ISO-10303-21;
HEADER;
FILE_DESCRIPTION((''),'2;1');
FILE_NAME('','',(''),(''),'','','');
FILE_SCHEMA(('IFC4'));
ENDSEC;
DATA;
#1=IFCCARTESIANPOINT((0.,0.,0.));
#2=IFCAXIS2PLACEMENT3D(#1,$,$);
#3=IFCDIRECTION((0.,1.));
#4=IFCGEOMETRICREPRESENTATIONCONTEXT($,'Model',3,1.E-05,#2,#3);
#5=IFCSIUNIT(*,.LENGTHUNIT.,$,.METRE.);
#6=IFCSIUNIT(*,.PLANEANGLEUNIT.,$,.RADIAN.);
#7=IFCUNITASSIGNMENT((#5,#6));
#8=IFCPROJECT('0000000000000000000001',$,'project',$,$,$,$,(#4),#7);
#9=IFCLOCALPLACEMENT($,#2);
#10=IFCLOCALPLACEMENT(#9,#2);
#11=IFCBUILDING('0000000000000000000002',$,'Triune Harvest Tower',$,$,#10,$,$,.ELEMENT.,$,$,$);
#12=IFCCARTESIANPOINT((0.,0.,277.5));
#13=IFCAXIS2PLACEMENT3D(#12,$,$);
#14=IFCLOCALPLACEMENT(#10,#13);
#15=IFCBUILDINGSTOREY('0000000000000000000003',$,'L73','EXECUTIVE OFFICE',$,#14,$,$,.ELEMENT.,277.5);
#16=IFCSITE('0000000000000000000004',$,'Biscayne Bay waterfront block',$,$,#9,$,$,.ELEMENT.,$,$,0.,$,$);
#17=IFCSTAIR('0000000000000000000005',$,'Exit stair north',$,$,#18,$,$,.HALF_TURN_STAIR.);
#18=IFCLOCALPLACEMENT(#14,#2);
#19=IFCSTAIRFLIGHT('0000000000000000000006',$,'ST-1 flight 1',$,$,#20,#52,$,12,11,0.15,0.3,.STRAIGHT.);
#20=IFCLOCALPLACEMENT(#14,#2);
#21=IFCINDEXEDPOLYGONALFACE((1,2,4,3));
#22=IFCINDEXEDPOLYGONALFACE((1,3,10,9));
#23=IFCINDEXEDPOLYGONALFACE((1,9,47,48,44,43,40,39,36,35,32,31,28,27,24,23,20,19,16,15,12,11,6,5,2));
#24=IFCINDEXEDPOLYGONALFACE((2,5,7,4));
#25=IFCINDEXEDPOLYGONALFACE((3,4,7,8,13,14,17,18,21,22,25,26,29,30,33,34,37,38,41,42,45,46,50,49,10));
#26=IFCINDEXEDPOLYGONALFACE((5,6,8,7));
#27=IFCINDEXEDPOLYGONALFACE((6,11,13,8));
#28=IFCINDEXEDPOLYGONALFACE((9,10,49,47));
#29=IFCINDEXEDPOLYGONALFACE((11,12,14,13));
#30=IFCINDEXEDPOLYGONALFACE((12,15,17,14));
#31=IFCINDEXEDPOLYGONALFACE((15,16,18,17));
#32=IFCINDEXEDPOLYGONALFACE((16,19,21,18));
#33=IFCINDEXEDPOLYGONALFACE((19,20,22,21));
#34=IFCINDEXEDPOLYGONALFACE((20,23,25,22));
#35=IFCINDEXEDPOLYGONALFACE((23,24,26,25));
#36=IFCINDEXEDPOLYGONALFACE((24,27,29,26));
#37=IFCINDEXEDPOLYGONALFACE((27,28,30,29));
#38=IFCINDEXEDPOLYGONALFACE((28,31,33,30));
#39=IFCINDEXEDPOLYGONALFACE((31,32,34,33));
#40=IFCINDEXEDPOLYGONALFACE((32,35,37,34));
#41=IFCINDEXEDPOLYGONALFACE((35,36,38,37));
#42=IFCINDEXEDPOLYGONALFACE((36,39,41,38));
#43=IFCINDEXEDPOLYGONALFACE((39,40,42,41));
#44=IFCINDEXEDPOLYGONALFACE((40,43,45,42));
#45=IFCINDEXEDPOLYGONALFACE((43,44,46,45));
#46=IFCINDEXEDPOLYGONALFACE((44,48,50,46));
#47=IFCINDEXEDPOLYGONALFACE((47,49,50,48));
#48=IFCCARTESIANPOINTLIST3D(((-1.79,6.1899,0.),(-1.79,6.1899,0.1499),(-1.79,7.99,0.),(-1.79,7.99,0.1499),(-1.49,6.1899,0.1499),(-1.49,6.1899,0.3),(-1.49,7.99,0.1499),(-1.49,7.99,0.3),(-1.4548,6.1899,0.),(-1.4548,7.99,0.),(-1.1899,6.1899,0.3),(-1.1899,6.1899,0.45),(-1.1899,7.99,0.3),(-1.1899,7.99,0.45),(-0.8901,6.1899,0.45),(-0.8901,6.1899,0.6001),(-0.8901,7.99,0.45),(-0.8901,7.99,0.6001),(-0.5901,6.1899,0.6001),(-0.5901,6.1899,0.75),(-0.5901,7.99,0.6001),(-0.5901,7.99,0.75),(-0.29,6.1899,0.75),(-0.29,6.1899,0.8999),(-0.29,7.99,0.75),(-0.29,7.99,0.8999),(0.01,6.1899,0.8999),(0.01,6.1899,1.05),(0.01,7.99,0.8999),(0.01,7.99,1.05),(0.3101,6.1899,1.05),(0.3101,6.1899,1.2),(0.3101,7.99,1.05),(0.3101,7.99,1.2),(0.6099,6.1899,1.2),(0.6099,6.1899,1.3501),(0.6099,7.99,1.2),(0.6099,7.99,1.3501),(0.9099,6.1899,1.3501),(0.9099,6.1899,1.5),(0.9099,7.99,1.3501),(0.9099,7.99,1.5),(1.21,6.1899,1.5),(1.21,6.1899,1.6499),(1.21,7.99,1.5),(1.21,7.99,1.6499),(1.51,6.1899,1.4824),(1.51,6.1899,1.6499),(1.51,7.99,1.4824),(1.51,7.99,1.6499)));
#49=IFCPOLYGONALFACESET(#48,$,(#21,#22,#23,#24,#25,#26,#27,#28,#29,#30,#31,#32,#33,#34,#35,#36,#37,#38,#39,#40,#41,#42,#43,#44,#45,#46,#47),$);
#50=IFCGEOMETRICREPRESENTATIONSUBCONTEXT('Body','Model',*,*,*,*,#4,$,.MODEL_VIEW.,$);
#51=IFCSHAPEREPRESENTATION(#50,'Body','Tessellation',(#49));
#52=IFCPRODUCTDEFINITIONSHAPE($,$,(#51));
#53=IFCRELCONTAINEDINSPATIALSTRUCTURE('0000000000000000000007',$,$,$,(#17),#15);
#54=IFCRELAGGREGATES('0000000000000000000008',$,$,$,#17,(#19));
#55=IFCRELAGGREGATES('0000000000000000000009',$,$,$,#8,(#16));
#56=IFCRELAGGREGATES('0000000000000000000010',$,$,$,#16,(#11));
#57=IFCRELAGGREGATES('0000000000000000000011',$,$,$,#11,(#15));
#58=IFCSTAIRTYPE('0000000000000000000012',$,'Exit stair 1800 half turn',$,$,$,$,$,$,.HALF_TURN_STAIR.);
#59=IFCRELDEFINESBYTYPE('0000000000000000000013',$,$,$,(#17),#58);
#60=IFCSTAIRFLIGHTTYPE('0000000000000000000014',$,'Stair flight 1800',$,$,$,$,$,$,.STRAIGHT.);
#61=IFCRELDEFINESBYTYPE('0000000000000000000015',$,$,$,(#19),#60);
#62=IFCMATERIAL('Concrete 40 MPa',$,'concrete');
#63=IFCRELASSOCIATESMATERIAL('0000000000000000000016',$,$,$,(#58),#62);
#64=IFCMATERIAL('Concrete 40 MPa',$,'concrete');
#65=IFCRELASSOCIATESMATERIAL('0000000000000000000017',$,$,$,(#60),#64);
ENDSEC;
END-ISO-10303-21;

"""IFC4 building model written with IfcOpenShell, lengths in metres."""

from ifc_helpers import new_model, si_unit, direction, frame, origin, place, context, subcontext, project, spatial, polyline, outline, extrude, source, transform, mapped, material, type_object, element, aggregate, save


model = new_model("IFC4")

# Units and contexts
model_context = context("Model", 3, precision=1e-05, world=origin(), true_north=direction((0.0, 1.0)))
body_context = subcontext(model_context, "Body", "Model", "MODEL_VIEW")
ifc_project = project(units=[si_unit("LENGTHUNIT", "METRE"), si_unit("PLANEANGLEUNIT", "RADIAN")], contexts=[model_context])

# Site, building, storey
site_placement = place(None, origin())
site = spatial("IfcSite", under=ifc_project, at=site_placement, Name="Biscayne Bay waterfront block", CompositionType="ELEMENT", RefElevation=0.0)
building_placement = place(site_placement, origin())
building = spatial("IfcBuilding", under=site, at=building_placement, Name="Triune Harvest Tower", CompositionType="ELEMENT")
storey_placement = place(building_placement, frame((0.0, 0.0, 277.5)))
storey = spatial("IfcBuildingStorey", under=building, at=storey_placement, Name="L73", Description="EXECUTIVE OFFICE", CompositionType="ELEMENT", Elevation=277.5)

# Stair, stair flight
ifc_material_1 = material(Name="Concrete 40 MPa", Category="concrete")
stair_type = type_object("IfcStairType", Name="Exit stair 1800 half turn", PredefinedType="HALF_TURN_STAIR", material=ifc_material_1)
stair_placement = place(storey_placement, origin())
stair = element("IfcStair", 1, at=stair_placement, inside=storey, type_object=stair_type, Name="Exit stair north", PredefinedType="HALF_TURN_STAIR")
ifc_material_2 = material(Name="Concrete 40 MPa", Category="concrete")
stair_flight_type = type_object("IfcStairFlightType", Name="Stair flight 1800", PredefinedType="STRAIGHT", material=ifc_material_2)
shared_shape_1 = source(origin(), body_context, "Body", "SweptSolid", [
    extrude(outline(polyline([(0.0, 0.0), (0.0, 0.1499), (0.3, 0.1499), (0.3, 0.3), (0.6001, 0.3), (0.6001, 0.45), (0.8999, 0.45), (0.8999, 0.6001), (1.2, 0.6001), (1.2, 0.75), (1.5, 0.75), (1.5, 0.8999), (1.8, 0.8999), (1.8, 1.05), (2.1001, 1.05), (2.1001, 1.2), (2.3999, 1.2), (2.3999, 1.3501), (2.7, 1.3501), (2.7, 1.5), (3.0, 1.5), (3.0, 1.6499), (3.3, 1.6499), (3.3, 1.8), (3.3, 1.4824), (0.3352, 0.0), (0.0, 0.0)])), frame((0.0, 0.8999, 0.0), z_axis=(0.0, -1.0, 0.0), x_axis=(1.0, 0.0, 0.0)), (0.0, 0.0, 1.0), 1.8),
])
stair_flight_placement = place(storey_placement, frame((-1.79, 7.0901, 0.0), z_axis=(0.0, 0.0, 1.0), x_axis=(1.0, 0.0, 0.0)))
stair_flight = element("IfcStairFlight", 2, at=stair_flight_placement, type_object=stair_flight_type, Name="ST-1 flight 1", NumberOfRisers=12, NumberOfTreads=11, PredefinedType="STRAIGHT", RiserHeight=0.15, TreadLength=0.3, context=body_context, shape_type="MappedRepresentation", body=[
    mapped(shared_shape_1, transform((0.0, 0.0, 0.0), scale=1.0)),
])
aggregate(stair, [stair_flight])

save(model, "model.ifc")
